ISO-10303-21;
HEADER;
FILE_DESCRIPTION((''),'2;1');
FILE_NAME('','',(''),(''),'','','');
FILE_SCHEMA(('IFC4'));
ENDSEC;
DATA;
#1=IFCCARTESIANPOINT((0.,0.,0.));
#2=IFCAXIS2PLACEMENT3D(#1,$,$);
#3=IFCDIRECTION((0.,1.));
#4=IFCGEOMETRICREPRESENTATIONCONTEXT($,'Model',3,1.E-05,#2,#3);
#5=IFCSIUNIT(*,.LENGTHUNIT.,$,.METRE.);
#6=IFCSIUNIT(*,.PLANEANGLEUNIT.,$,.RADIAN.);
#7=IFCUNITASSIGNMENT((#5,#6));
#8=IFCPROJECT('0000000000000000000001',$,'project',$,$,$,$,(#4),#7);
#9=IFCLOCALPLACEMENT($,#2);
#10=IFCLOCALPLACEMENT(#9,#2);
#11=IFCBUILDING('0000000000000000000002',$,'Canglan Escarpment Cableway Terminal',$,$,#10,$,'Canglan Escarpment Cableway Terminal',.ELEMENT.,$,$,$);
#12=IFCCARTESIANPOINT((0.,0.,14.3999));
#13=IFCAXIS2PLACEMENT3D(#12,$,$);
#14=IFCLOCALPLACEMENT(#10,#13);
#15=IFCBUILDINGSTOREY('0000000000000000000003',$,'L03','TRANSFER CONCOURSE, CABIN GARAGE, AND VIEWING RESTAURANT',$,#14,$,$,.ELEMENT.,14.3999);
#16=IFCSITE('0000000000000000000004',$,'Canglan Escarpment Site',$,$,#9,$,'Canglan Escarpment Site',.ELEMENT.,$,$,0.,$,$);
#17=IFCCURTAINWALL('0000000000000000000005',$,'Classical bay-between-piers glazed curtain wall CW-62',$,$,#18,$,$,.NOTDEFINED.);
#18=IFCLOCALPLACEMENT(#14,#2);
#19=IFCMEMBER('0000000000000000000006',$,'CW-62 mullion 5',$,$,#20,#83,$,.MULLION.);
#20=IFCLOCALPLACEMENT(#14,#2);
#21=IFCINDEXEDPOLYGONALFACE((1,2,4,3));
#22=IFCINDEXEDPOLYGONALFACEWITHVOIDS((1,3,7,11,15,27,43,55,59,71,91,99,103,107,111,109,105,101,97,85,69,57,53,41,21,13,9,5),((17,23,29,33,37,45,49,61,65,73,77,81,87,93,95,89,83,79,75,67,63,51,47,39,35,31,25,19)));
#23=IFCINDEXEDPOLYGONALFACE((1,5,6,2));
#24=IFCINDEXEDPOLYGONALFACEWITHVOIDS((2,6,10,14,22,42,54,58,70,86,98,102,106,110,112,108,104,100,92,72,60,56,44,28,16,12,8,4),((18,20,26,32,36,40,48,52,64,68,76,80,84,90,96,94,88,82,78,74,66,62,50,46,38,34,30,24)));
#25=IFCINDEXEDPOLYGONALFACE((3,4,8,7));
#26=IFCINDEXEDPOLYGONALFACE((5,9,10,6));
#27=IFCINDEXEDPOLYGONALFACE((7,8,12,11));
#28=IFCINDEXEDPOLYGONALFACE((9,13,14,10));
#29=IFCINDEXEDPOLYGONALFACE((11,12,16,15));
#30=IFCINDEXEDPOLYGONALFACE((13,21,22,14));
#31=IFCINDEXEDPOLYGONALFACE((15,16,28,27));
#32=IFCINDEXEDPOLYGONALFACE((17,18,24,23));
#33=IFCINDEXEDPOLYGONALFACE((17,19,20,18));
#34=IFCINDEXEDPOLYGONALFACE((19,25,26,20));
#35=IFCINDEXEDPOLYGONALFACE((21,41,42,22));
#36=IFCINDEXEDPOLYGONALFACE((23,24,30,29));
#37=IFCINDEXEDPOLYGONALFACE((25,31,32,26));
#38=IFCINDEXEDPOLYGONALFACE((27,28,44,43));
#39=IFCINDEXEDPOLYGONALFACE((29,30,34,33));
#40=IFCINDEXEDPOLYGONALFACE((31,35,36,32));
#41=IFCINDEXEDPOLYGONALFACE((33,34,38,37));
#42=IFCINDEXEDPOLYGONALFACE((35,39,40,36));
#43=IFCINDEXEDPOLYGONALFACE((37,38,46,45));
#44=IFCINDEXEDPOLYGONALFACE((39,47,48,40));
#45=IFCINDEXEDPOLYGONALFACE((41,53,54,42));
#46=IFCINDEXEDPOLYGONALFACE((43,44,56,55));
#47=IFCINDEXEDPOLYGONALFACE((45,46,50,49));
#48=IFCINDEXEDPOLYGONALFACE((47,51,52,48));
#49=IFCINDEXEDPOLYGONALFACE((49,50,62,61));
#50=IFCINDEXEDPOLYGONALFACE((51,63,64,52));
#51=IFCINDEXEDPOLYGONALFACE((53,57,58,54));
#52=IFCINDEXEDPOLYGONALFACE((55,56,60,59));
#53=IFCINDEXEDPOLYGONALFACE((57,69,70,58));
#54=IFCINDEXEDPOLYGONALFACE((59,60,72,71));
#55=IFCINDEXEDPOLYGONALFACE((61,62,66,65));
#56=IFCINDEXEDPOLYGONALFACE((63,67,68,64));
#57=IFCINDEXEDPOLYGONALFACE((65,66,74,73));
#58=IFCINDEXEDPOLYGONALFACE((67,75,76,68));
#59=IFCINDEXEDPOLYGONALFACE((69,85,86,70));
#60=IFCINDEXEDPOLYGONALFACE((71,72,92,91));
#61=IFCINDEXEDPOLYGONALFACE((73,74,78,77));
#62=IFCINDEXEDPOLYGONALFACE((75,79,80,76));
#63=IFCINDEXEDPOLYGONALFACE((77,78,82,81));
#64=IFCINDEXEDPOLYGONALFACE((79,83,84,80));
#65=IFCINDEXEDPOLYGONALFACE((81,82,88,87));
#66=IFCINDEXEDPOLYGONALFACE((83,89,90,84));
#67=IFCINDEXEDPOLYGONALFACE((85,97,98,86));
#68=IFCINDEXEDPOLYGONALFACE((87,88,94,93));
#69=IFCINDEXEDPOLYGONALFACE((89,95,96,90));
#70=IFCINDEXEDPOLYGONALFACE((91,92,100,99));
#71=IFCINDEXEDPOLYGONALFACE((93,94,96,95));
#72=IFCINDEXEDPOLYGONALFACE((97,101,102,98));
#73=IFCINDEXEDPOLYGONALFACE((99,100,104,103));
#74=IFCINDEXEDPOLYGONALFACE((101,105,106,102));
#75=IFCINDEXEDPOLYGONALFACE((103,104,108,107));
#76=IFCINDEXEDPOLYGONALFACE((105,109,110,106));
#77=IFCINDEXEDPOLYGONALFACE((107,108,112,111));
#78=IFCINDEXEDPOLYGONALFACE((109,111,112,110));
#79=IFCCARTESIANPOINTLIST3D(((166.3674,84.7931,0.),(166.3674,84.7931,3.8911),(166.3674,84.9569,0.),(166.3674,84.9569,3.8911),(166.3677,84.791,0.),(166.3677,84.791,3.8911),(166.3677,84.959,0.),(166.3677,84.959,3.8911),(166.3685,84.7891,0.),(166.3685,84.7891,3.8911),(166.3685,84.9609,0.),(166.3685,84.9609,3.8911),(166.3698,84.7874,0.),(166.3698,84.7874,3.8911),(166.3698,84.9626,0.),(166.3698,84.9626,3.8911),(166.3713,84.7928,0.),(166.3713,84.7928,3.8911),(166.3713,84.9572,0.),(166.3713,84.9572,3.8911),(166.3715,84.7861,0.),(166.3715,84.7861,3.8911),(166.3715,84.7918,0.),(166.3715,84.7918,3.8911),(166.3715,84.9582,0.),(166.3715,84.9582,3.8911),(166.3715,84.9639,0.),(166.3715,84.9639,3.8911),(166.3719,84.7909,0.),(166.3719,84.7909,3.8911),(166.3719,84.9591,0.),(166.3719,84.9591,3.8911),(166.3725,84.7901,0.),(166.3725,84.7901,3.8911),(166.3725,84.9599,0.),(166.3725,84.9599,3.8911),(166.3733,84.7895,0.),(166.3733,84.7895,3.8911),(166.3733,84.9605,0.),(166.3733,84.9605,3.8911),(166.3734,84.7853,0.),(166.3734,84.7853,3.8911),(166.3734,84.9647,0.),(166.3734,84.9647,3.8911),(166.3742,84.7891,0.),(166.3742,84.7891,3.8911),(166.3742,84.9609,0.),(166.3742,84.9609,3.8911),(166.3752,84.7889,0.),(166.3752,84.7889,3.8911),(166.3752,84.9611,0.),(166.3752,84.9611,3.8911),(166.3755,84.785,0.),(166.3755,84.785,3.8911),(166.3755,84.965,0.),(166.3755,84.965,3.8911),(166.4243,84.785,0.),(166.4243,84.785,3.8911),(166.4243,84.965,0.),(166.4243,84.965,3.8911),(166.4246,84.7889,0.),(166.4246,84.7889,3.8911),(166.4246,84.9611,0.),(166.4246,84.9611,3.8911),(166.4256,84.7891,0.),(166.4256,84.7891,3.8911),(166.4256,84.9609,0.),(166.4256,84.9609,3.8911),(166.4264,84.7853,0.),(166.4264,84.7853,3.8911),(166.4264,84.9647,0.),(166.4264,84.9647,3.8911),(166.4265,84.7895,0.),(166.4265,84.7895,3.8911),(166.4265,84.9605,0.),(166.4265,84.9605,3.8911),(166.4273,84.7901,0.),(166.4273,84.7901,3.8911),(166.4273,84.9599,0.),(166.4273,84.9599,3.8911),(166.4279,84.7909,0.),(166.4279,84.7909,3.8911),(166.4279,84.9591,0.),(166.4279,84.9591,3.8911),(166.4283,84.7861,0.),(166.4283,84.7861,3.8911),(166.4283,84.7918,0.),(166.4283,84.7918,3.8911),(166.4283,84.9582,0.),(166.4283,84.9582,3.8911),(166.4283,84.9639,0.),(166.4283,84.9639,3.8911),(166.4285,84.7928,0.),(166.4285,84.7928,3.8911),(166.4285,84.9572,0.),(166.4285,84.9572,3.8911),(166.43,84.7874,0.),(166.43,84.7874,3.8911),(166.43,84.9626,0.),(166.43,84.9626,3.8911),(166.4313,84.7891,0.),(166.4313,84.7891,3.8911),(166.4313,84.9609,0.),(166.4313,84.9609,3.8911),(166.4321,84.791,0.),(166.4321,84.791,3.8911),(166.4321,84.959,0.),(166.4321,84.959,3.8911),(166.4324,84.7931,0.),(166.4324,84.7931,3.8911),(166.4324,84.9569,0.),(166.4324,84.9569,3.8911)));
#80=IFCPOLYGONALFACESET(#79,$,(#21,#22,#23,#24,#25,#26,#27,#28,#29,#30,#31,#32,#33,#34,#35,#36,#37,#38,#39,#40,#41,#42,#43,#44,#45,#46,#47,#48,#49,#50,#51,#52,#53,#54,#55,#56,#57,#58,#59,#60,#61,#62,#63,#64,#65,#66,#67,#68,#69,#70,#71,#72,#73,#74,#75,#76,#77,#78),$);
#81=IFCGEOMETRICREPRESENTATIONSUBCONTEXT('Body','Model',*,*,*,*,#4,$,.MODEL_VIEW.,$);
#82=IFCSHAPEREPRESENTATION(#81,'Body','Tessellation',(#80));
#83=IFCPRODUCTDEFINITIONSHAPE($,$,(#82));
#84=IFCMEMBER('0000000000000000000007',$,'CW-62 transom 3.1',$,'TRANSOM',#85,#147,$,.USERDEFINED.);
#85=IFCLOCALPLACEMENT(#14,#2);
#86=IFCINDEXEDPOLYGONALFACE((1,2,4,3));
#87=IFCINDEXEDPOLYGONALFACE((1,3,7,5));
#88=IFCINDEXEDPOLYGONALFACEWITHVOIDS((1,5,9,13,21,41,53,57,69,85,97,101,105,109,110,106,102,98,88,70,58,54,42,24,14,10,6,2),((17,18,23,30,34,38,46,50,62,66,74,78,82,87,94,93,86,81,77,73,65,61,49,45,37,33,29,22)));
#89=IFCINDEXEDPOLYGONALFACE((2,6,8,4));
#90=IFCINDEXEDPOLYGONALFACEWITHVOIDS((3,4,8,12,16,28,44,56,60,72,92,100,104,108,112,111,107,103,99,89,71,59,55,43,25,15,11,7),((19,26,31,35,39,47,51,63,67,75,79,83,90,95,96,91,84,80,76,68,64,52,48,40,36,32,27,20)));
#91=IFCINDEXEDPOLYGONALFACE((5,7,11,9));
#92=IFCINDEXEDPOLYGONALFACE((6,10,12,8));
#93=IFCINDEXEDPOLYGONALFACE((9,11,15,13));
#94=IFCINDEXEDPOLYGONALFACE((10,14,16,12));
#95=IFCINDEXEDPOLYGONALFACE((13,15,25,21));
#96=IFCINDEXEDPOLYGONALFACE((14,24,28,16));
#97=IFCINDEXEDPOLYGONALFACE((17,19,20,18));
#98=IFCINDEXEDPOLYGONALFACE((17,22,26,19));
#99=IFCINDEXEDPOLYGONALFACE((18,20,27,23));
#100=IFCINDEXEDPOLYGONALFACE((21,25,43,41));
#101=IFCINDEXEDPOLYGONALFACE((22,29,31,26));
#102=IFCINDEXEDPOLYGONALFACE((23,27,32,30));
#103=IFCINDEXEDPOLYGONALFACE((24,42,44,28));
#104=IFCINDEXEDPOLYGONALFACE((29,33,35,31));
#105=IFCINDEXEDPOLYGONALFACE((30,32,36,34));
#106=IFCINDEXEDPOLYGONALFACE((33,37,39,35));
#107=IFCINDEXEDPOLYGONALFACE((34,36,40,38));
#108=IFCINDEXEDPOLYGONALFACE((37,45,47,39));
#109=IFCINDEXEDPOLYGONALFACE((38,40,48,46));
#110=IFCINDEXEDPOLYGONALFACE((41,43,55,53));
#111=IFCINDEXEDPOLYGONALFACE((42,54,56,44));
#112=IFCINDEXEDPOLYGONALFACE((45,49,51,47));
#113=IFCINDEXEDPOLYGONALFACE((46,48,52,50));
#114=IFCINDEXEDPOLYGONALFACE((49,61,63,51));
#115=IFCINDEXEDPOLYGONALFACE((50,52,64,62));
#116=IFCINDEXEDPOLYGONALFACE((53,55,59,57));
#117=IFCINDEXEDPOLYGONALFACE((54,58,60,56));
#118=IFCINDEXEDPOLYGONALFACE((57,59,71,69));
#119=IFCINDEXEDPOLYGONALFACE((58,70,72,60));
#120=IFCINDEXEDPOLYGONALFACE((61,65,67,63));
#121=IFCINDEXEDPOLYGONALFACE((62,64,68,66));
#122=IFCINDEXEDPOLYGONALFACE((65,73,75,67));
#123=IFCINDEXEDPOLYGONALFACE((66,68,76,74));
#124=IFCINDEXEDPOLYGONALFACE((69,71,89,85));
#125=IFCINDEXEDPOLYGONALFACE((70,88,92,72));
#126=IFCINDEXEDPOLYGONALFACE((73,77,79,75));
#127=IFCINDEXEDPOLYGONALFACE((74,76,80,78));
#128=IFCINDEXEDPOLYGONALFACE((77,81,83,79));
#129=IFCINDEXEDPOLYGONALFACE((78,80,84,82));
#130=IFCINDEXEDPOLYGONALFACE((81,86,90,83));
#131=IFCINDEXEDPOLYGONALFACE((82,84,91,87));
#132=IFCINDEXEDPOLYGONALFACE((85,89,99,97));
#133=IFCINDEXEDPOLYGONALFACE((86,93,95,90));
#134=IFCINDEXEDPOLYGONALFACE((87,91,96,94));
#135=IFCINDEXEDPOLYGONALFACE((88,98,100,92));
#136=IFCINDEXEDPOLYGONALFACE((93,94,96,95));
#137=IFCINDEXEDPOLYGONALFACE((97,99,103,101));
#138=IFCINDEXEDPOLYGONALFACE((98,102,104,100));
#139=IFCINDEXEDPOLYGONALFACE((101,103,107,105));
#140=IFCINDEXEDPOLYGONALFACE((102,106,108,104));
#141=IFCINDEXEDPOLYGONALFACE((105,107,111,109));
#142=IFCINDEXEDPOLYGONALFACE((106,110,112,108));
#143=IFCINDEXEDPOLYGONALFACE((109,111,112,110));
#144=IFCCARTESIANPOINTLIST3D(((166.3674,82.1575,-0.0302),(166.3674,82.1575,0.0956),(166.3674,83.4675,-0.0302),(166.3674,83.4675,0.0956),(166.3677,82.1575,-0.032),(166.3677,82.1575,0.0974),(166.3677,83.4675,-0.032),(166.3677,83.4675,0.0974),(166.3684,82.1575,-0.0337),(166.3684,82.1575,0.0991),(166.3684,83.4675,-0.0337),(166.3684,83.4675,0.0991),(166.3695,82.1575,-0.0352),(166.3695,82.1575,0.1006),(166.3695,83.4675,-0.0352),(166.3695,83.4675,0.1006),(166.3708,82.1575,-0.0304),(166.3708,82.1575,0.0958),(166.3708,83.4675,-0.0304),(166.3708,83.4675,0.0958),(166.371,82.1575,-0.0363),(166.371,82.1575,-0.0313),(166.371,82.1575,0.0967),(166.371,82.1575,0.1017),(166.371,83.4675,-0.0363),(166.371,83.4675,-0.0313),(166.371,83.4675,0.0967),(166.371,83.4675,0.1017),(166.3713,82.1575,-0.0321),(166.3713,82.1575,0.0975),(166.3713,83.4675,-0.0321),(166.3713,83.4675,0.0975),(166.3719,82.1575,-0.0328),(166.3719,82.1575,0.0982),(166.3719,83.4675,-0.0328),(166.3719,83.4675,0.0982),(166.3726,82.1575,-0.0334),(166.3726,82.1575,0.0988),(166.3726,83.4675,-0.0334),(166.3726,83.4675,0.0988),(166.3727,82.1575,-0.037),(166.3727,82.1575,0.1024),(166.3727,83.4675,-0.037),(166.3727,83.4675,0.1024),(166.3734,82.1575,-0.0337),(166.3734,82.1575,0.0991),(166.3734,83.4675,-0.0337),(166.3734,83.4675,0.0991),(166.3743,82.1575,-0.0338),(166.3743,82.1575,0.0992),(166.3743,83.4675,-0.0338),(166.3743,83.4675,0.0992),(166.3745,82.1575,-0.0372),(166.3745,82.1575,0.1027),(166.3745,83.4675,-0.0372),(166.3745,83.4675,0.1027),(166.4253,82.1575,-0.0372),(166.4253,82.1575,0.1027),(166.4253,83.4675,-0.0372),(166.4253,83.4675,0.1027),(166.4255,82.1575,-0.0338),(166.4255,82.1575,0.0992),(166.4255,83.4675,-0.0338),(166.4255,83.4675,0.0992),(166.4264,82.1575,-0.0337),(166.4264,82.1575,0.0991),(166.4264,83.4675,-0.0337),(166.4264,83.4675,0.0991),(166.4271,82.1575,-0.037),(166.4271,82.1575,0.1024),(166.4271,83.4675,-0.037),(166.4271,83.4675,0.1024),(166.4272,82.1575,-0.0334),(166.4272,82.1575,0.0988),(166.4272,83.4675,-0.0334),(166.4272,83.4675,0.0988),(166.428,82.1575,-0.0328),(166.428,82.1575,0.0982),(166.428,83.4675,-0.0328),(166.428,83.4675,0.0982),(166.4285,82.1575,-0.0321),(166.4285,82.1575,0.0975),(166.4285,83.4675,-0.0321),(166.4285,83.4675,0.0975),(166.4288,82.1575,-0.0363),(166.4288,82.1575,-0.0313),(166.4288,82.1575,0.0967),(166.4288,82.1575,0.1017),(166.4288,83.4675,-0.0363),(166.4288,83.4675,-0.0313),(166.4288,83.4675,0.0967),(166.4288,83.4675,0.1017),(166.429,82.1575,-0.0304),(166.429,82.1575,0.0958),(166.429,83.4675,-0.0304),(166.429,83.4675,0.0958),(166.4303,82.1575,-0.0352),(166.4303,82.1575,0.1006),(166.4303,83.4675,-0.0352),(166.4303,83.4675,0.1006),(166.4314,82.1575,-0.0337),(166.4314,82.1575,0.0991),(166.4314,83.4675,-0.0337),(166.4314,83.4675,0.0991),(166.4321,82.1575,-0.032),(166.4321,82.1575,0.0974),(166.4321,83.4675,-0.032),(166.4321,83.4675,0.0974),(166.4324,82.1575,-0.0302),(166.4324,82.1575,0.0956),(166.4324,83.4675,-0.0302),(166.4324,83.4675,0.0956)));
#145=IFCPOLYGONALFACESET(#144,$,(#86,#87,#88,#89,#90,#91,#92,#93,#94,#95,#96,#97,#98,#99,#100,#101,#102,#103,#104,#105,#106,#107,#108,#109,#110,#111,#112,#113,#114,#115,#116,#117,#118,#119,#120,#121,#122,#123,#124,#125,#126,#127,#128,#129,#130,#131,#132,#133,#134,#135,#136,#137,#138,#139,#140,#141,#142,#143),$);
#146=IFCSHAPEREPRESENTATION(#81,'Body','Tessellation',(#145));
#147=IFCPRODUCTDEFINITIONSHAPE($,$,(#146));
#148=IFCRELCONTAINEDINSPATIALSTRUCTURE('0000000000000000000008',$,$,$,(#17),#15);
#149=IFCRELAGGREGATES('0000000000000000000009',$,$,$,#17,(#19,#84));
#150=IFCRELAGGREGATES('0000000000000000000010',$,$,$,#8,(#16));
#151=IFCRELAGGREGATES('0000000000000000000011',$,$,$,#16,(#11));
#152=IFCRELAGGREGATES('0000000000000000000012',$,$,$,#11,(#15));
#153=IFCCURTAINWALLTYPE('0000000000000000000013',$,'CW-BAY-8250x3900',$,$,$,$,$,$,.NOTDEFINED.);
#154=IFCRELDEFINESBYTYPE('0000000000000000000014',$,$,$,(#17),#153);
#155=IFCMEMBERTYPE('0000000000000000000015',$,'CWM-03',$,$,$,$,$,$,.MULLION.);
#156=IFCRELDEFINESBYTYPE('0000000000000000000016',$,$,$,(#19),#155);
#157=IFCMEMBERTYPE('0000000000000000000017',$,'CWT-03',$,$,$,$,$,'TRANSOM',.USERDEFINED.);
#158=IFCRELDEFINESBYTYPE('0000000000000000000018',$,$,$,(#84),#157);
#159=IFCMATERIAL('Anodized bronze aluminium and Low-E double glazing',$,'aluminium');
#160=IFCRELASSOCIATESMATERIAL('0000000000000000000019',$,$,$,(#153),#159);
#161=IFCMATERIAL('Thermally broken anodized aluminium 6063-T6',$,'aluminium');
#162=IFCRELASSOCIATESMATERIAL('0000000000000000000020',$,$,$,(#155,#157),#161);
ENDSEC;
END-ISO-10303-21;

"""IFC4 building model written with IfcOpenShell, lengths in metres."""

from ifc_helpers import new_model, si_unit, direction, frame, origin, origin_2d, place, context, subcontext, project, spatial, hollow_rectangle, extrude, material, material_profile, profile_set, type_object, element, aggregate, save


model = new_model("IFC4")

# Units and contexts
model_context = context("Model", 3, precision=1e-05, world=origin(), true_north=direction((0.0, 1.0)))
body_context = subcontext(model_context, "Body", "Model", "MODEL_VIEW")
ifc_project = project(units=[si_unit("LENGTHUNIT", "METRE"), si_unit("PLANEANGLEUNIT", "RADIAN")], contexts=[model_context])

# Site, building, storey
site_placement = place(None, origin())
site = spatial("IfcSite", under=ifc_project, at=site_placement, Name="Canglan Escarpment Site", LongName="Canglan Escarpment Site", CompositionType="ELEMENT", RefElevation=0.0)
building_placement = place(site_placement, origin())
building = spatial("IfcBuilding", under=site, at=building_placement, Name="Canglan Escarpment Cableway Terminal", LongName="Canglan Escarpment Cableway Terminal", CompositionType="ELEMENT")
storey_placement = place(building_placement, frame((0.0, 0.0, 14.3999)))
storey = spatial("IfcBuildingStorey", under=building, at=storey_placement, Name="L03", Description="TRANSFER CONCOURSE, CABIN GARAGE, AND VIEWING RESTAURANT", CompositionType="ELEMENT", Elevation=14.3999)

# Curtain wall, members
ifc_material_1 = material(Name="Anodized bronze aluminium and Low-E double glazing", Category="aluminium")
curtain_wall_type = type_object("IfcCurtainWallType", Name="CW-BAY-8250x3900", PredefinedType="NOTDEFINED", material=ifc_material_1)
curtain_wall_placement = place(storey_placement, origin())
curtain_wall = element("IfcCurtainWall", 1, at=curtain_wall_placement, inside=storey, type_object=curtain_wall_type, Name="Classical bay-between-piers glazed curtain wall CW-62", PredefinedType="NOTDEFINED")
ifc_material_2 = material(Name="Thermally broken anodized aluminium 6063-T6", Category="aluminium")
ifc_material_profile_1 = material_profile(ifc_material_2, hollow_rectangle(XDim=0.0649, YDim=0.1799, WallThickness=0.0039, InnerFilletRadius=0.0039, OuterFilletRadius=0.0081, at=origin_2d()), Name="ALU-MULL 65x180x4")
ifc_profile_set_1 = profile_set([ifc_material_profile_1], Name="Thermally broken anodized aluminium 6063-T6")
member_type_1 = type_object("IfcMemberType", Name="CWM-03", PredefinedType="MULLION", material=ifc_profile_set_1)
member_1_placement = place(storey_placement, frame((166.3999, 84.875, 0.0), z_axis=(0.0, 0.0, 1.0), x_axis=(-1.0, 0.0, 0.0)))
member_1 = element("IfcMember", 2, at=member_1_placement, type_object=member_type_1, Name="CW-62 mullion 5", PredefinedType="MULLION", context=body_context, shape_type="SweptSolid", body=[
    extrude(hollow_rectangle(XDim=0.0649, YDim=0.1799, WallThickness=0.0039, InnerFilletRadius=0.0039, OuterFilletRadius=0.0081, at=origin_2d()), origin(), (0.0, 0.0, 1.0), 3.8911),
])
ifc_material_profile_2 = material_profile(ifc_material_2, hollow_rectangle(XDim=0.0649, YDim=0.1399, WallThickness=0.0034, InnerFilletRadius=0.0034, OuterFilletRadius=0.0071, at=origin_2d()), Name="ALU-TRAN 65x140x3.5")
ifc_profile_set_2 = profile_set([ifc_material_profile_2], Name="Thermally broken anodized aluminium 6063-T6")
member_type_2 = type_object("IfcMemberType", Name="CWT-03", ElementType="TRANSOM", PredefinedType="USERDEFINED", material=ifc_profile_set_2)
member_2_placement = place(storey_placement, frame((166.3999, 82.1575, 0.0327), z_axis=(0.0, 1.0, 0.0), x_axis=(-1.0, 0.0, 0.0)))
member_2 = element("IfcMember", 3, at=member_2_placement, type_object=member_type_2, Name="CW-62 transom 3.1", ObjectType="TRANSOM", PredefinedType="USERDEFINED", context=body_context, shape_type="SweptSolid", body=[
    extrude(hollow_rectangle(XDim=0.0649, YDim=0.1399, WallThickness=0.0034, InnerFilletRadius=0.0034, OuterFilletRadius=0.0071, at=origin_2d()), origin(), (0.0, 0.0, 1.0), 1.3101),
])
aggregate(curtain_wall, [member_1, member_2])

save(model, "model.ifc")
